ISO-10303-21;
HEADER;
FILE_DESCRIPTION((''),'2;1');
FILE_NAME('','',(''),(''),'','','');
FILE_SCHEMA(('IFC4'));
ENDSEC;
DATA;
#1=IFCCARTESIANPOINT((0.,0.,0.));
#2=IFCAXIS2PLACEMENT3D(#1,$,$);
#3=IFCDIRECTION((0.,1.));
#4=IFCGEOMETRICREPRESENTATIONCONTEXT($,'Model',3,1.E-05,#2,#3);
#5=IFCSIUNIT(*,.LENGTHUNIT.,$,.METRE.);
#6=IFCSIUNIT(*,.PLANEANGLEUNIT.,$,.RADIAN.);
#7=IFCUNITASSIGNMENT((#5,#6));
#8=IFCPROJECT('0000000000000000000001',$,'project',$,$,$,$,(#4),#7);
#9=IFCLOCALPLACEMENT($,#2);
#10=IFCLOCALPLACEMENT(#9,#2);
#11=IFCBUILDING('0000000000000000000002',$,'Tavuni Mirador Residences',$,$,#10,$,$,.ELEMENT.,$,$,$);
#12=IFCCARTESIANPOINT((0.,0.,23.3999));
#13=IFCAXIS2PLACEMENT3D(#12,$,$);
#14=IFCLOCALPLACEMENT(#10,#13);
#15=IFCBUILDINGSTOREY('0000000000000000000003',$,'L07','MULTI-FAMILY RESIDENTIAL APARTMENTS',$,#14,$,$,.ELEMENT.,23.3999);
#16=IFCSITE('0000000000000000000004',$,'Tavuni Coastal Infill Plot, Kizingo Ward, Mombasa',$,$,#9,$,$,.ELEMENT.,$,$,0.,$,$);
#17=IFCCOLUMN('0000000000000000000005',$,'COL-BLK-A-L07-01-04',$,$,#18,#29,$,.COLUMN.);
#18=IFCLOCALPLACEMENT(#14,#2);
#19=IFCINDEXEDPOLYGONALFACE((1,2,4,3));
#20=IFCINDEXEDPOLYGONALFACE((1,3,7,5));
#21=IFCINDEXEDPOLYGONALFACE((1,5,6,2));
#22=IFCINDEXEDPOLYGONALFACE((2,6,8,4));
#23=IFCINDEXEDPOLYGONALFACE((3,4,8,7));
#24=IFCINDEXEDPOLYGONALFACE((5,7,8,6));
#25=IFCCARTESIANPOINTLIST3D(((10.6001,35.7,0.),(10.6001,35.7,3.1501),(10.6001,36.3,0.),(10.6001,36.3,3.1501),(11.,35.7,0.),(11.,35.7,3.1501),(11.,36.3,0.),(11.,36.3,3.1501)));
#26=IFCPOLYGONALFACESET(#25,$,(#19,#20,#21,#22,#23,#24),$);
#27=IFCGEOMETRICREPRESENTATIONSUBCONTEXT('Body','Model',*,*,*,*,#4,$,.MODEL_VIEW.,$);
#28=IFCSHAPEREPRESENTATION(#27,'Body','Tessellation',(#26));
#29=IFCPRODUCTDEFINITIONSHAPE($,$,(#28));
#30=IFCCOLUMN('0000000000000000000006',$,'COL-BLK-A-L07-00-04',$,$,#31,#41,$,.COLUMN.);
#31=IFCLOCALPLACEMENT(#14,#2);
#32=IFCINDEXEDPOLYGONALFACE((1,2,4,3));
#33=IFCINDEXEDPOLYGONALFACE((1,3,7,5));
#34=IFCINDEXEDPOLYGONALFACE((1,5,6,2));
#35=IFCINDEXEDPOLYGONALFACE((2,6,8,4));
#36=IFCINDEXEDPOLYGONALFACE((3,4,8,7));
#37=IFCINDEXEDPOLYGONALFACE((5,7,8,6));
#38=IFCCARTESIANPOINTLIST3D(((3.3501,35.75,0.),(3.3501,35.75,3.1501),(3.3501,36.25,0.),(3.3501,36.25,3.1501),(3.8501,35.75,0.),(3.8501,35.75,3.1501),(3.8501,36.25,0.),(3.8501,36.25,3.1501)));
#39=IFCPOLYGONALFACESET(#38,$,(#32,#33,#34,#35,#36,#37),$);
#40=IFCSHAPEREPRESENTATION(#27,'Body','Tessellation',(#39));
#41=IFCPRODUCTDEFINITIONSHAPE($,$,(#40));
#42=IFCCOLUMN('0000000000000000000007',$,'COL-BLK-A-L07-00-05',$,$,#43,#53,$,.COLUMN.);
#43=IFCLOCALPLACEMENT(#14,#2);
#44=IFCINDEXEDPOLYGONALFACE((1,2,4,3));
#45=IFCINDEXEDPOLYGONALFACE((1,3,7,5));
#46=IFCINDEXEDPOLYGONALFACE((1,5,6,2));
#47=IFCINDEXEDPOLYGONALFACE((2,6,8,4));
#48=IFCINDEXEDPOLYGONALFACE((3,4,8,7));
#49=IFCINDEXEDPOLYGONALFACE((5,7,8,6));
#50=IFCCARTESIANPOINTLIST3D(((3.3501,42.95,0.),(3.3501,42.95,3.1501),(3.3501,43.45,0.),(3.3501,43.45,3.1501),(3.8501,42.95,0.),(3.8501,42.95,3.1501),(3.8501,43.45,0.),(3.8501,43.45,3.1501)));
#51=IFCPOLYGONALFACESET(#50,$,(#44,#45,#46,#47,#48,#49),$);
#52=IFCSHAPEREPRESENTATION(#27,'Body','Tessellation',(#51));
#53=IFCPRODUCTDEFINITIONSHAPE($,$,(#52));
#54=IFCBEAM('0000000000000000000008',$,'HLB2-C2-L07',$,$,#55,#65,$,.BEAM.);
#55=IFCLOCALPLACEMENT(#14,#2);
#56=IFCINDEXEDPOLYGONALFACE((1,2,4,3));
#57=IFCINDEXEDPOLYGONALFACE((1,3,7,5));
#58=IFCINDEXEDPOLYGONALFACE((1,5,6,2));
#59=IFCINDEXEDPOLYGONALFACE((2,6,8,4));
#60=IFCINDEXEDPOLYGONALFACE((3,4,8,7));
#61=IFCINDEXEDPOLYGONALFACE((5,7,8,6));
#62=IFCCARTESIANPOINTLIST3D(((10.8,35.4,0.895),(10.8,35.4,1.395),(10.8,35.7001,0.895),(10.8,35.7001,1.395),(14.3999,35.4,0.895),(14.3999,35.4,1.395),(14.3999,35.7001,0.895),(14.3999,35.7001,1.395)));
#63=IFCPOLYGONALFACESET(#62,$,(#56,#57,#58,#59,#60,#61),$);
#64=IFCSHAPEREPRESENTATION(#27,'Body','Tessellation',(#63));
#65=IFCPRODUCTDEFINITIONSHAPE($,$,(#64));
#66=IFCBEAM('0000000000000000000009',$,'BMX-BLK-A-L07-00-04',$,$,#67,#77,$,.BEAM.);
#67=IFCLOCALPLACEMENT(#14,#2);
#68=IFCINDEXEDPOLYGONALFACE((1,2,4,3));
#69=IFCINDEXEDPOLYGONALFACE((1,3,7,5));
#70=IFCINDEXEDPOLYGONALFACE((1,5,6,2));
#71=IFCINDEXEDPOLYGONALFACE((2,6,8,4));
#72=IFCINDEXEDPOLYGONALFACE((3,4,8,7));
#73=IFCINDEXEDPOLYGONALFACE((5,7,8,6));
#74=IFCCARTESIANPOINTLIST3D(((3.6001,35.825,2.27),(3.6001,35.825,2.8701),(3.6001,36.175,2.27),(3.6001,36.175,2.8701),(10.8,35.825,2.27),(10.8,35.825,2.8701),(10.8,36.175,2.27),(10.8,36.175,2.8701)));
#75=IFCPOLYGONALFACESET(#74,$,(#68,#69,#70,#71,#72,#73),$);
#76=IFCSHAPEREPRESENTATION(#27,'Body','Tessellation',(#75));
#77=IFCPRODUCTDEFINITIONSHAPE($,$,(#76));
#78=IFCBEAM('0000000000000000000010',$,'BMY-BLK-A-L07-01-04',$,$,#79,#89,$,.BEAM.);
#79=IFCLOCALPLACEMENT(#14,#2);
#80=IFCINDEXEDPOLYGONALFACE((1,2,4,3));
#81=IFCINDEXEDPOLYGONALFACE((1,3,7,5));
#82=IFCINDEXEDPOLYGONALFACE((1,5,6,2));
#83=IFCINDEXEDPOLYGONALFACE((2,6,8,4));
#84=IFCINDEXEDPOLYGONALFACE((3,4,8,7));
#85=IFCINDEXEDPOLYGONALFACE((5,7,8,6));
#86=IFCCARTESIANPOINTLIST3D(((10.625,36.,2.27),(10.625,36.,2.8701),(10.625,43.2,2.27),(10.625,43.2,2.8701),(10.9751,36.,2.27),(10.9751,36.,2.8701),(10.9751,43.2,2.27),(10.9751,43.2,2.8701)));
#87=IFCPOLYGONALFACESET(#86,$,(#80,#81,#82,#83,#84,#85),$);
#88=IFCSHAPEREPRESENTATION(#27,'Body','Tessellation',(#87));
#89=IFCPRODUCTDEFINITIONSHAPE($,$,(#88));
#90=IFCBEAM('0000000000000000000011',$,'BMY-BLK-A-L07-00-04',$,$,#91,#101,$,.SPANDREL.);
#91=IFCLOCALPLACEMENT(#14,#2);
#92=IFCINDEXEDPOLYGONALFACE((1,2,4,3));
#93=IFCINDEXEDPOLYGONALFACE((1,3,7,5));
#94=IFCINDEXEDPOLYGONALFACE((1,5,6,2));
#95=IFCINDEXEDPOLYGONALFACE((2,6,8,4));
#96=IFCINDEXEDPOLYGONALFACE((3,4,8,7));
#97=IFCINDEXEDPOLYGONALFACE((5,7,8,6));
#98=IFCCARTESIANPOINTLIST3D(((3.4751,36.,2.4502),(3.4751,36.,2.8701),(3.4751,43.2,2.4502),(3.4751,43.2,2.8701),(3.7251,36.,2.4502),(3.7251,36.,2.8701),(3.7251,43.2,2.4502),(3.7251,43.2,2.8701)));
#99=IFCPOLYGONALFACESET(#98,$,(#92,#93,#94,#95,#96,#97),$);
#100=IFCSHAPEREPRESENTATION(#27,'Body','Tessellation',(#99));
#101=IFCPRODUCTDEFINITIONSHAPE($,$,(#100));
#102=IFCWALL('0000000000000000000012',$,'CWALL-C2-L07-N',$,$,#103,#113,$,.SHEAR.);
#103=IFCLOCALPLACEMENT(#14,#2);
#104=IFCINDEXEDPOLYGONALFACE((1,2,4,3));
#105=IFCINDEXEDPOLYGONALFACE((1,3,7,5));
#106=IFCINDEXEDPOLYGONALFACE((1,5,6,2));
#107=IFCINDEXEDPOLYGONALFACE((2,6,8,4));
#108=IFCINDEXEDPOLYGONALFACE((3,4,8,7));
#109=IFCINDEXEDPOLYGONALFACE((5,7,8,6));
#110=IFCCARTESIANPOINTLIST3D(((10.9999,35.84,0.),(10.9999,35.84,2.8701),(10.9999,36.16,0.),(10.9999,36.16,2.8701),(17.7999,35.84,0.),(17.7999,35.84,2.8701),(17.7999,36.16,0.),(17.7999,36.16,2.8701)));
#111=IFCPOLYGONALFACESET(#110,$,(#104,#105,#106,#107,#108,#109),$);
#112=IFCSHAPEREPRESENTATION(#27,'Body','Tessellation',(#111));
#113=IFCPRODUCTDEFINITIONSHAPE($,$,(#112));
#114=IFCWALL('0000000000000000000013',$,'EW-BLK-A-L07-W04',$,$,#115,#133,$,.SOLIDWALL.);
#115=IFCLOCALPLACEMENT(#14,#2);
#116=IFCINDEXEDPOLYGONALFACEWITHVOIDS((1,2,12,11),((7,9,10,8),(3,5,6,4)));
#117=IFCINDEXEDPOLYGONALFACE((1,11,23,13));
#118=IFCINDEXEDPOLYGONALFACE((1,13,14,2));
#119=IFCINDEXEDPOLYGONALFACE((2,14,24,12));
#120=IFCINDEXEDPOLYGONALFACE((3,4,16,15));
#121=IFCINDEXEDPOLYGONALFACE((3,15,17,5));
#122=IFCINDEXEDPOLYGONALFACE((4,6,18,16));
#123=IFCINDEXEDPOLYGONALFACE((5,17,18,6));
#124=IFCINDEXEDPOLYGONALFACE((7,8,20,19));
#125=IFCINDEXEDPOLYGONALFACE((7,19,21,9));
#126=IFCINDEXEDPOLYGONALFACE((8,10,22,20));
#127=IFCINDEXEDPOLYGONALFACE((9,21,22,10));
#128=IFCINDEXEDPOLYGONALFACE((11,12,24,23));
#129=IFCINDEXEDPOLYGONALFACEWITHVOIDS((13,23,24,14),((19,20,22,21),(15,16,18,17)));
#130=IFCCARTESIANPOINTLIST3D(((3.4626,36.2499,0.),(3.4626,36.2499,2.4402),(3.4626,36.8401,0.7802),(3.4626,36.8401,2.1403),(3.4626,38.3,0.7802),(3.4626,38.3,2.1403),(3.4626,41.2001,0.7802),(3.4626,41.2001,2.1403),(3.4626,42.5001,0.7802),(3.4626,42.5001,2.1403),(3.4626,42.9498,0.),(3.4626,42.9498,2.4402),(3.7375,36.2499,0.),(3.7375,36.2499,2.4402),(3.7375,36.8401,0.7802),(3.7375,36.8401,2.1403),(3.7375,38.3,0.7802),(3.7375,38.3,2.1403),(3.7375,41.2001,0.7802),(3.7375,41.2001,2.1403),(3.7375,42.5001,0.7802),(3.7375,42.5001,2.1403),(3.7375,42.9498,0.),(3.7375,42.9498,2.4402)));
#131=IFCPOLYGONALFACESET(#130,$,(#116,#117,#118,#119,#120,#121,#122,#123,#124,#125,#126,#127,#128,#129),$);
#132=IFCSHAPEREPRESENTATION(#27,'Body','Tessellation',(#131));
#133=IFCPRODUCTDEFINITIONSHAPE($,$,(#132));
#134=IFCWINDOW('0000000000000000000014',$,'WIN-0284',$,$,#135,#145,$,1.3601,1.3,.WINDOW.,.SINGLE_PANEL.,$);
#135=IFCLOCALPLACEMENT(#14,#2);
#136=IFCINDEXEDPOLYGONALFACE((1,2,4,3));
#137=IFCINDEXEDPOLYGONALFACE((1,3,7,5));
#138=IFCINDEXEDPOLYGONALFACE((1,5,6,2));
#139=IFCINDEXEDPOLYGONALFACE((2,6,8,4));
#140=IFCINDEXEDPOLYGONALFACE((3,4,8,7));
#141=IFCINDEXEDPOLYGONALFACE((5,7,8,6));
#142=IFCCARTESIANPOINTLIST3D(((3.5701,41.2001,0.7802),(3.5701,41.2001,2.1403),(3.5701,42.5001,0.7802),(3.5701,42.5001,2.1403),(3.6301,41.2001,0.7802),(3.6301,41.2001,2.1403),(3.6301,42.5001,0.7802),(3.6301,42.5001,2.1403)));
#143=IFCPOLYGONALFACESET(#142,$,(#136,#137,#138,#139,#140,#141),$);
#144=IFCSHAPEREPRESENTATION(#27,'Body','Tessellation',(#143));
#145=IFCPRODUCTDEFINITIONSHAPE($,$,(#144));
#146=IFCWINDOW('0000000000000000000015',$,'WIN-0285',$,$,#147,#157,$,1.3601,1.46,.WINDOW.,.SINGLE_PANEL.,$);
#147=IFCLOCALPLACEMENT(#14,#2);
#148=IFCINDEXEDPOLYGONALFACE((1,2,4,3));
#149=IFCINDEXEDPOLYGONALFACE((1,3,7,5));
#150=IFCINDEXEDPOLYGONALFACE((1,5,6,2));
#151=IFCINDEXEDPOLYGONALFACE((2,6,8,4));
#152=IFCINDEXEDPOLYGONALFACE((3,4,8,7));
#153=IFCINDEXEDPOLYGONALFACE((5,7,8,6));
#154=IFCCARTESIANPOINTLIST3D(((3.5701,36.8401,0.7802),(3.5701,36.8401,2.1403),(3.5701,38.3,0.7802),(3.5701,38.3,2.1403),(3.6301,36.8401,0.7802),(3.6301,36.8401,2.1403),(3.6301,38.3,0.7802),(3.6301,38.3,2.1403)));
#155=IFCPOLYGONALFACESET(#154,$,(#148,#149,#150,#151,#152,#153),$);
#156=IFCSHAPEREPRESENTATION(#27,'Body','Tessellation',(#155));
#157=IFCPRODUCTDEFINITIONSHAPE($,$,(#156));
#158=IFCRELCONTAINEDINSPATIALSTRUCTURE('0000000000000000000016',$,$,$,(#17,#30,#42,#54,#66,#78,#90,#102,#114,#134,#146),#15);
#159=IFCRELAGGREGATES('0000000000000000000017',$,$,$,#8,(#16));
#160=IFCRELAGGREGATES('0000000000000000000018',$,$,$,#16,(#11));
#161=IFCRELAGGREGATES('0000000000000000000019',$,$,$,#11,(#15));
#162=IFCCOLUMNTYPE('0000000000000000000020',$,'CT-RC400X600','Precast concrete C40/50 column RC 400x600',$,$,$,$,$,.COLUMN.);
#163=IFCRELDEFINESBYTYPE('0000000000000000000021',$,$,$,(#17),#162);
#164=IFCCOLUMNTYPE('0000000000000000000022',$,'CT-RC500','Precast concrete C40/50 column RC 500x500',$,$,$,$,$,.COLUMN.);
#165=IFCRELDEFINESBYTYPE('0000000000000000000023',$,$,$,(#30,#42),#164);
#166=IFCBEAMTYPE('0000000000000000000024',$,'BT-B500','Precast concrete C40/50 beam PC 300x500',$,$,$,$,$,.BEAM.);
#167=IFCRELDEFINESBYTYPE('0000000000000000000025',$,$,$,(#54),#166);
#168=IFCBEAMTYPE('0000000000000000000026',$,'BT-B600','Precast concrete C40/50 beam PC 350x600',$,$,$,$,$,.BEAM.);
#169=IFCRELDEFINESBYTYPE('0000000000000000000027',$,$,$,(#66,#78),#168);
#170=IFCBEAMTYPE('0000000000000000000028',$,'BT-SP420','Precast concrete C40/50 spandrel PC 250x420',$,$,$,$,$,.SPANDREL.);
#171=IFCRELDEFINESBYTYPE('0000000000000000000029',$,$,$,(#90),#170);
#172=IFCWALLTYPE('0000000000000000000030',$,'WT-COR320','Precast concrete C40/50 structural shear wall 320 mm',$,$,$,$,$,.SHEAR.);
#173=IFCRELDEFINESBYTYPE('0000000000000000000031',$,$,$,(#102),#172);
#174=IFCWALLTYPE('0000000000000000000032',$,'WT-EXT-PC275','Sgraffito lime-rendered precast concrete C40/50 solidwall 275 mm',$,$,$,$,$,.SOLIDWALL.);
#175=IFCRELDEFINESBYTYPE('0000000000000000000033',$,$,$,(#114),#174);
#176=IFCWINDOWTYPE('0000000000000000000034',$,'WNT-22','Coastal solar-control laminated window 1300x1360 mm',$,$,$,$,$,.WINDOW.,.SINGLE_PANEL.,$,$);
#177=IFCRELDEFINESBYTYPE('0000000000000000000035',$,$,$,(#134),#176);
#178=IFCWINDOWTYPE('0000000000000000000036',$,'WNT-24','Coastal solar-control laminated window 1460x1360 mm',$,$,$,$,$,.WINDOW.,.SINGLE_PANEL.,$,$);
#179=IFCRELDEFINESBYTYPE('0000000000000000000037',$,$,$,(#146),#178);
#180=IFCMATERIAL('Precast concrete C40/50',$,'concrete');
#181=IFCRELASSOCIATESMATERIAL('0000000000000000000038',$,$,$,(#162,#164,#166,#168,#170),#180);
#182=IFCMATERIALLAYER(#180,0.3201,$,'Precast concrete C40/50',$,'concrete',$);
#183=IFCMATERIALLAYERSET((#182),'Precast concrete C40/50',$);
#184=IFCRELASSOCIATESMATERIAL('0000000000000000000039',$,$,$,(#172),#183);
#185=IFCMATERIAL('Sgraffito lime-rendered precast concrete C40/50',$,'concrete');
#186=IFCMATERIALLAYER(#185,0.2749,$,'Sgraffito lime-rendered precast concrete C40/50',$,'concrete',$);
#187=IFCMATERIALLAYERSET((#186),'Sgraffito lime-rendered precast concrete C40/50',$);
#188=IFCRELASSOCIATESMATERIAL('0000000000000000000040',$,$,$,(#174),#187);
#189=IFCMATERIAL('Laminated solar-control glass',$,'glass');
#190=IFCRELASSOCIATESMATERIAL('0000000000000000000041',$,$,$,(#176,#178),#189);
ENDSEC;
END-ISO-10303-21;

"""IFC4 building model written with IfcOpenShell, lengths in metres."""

from ifc_helpers import new_model, si_unit, direction, frame, frame_2d, origin, origin_2d, place, context, subcontext, project, spatial, rectangle, extrude, material, layer, layer_set, material_profile, profile_set, type_object, element, fill, save


model = new_model("IFC4")

# Units and contexts
model_context = context("Model", 3, precision=1e-05, world=origin(), true_north=direction((0.0, 1.0)))
body_context = subcontext(model_context, "Body", "Model", "MODEL_VIEW")
ifc_project = project(units=[si_unit("LENGTHUNIT", "METRE"), si_unit("PLANEANGLEUNIT", "RADIAN")], contexts=[model_context])

# Site, building, storey
site_placement = place(None, origin())
site = spatial("IfcSite", under=ifc_project, at=site_placement, Name="Tavuni Coastal Infill Plot, Kizingo Ward, Mombasa", CompositionType="ELEMENT", RefElevation=0.0)
building_placement = place(site_placement, origin())
building = spatial("IfcBuilding", under=site, at=building_placement, Name="Tavuni Mirador Residences", CompositionType="ELEMENT")
storey_placement = place(building_placement, frame((0.0, 0.0, 23.3999)))
storey = spatial("IfcBuildingStorey", under=building, at=storey_placement, Name="L07", Description="MULTI-FAMILY RESIDENTIAL APARTMENTS", CompositionType="ELEMENT", Elevation=23.3999)

# Columns
ifc_material_1 = material(Name="Precast concrete C40/50", Category="concrete")
ifc_material_profile_1 = material_profile(ifc_material_1, rectangle(XDim=0.3999, YDim=0.6001, at=origin_2d()), Name="RC 400x600", Category="concrete")
ifc_profile_set_1 = profile_set([ifc_material_profile_1], Name="Precast concrete C40/50")
column_type_1 = type_object("IfcColumnType", Name="CT-RC400X600", Description="Precast concrete C40/50 column RC 400x600", PredefinedType="COLUMN", material=ifc_profile_set_1)
column_placement = place(storey_placement, frame((10.8, 36.0, 0.0), z_axis=(0.0, 0.0, 1.0), x_axis=(1.0, 0.0, 0.0)))
element("IfcColumn", 1, at=column_placement, inside=storey, type_object=column_type_1, Name="COL-BLK-A-L07-01-04", PredefinedType="COLUMN", context=body_context, shape_type="SweptSolid", body=[
    extrude(rectangle(XDim=0.3999, YDim=0.6001, at=origin_2d()), origin(), (0.0, 0.0, 1.0), 3.1501),
])
ifc_material_profile_2 = material_profile(ifc_material_1, rectangle(XDim=0.5, YDim=0.5, at=origin_2d()), Name="RC 500x500", Category="concrete")
ifc_profile_set_2 = profile_set([ifc_material_profile_2], Name="Precast concrete C40/50")
column_type_2 = type_object("IfcColumnType", Name="CT-RC500", Description="Precast concrete C40/50 column RC 500x500", PredefinedType="COLUMN", material=ifc_profile_set_2)
for number, where, z_axis, x_axis, name in (
    (2, (3.6001, 36.0, 0.0), (0.0, 0.0, 1.0), (1.0, 0.0, 0.0), "COL-BLK-A-L07-00-04"),
    (3, (3.6001, 43.2, 0.0), (0.0, 0.0, 1.0), (1.0, 0.0, 0.0), "COL-BLK-A-L07-00-05"),
):
    element("IfcColumn", number, at=place(storey_placement, frame(where, z_axis=z_axis, x_axis=x_axis)), inside=storey, type_object=column_type_2, Name=name, PredefinedType="COLUMN", context=body_context, shape_type="SweptSolid", body=[
        extrude(rectangle(XDim=0.5, YDim=0.5, at=origin_2d()), origin(), (0.0, 0.0, 1.0), 3.1501),
    ])

# Beams
ifc_material_profile_3 = material_profile(ifc_material_1, rectangle(XDim=0.3, YDim=0.5, at=origin_2d()), Name="PC 300x500", Category="concrete")
ifc_profile_set_3 = profile_set([ifc_material_profile_3], Name="Precast concrete C40/50")
beam_type_1 = type_object("IfcBeamType", Name="BT-B500", Description="Precast concrete C40/50 beam PC 300x500", PredefinedType="BEAM", material=ifc_profile_set_3)
beam_1_placement = place(storey_placement, frame((10.8, 35.55, 1.145), z_axis=(1.0, 0.0, 0.0), x_axis=(0.0, 1.0, 0.0)))
element("IfcBeam", 4, at=beam_1_placement, inside=storey, type_object=beam_type_1, Name="HLB2-C2-L07", PredefinedType="BEAM", context=body_context, shape_type="SweptSolid", body=[
    extrude(rectangle(XDim=0.3, YDim=0.5, at=origin_2d()), origin(), (0.0, 0.0, 1.0), 3.5999),
])
ifc_material_profile_4 = material_profile(ifc_material_1, rectangle(XDim=0.3501, YDim=0.6001, at=origin_2d()), Name="PC 350x600", Category="concrete")
ifc_profile_set_4 = profile_set([ifc_material_profile_4], Name="Precast concrete C40/50")
beam_type_2 = type_object("IfcBeamType", Name="BT-B600", Description="Precast concrete C40/50 beam PC 350x600", PredefinedType="BEAM", material=ifc_profile_set_4)
for number, where, z_axis, x_axis, name in (
    (5, (3.6001, 36.0, 2.5701), (1.0, 0.0, 0.0), (0.0, 1.0, 0.0), "BMX-BLK-A-L07-00-04"),
    (6, (10.8, 36.0, 2.5701), (0.0, 1.0, 0.0), (-1.0, 0.0, 0.0), "BMY-BLK-A-L07-01-04"),
):
    element("IfcBeam", number, at=place(storey_placement, frame(where, z_axis=z_axis, x_axis=x_axis)), inside=storey, type_object=beam_type_2, Name=name, PredefinedType="BEAM", context=body_context, shape_type="SweptSolid", body=[
        extrude(rectangle(XDim=0.3501, YDim=0.6001, at=origin_2d()), origin(), (0.0, 0.0, 1.0), 7.2),
    ])
ifc_material_profile_5 = material_profile(ifc_material_1, rectangle(XDim=0.25, YDim=0.4199, at=origin_2d()), Name="PC 250x420", Category="concrete")
ifc_profile_set_5 = profile_set([ifc_material_profile_5], Name="Precast concrete C40/50")
beam_type_3 = type_object("IfcBeamType", Name="BT-SP420", Description="Precast concrete C40/50 spandrel PC 250x420", PredefinedType="SPANDREL", material=ifc_profile_set_5)
beam_2_placement = place(storey_placement, frame((3.6001, 36.0, 2.6602), z_axis=(0.0, 1.0, 0.0), x_axis=(-1.0, 0.0, 0.0)))
element("IfcBeam", 7, at=beam_2_placement, inside=storey, type_object=beam_type_3, Name="BMY-BLK-A-L07-00-04", PredefinedType="SPANDREL", context=body_context, shape_type="SweptSolid", body=[
    extrude(rectangle(XDim=0.25, YDim=0.4199, at=origin_2d()), origin(), (0.0, 0.0, 1.0), 7.2),
])

# Wall
ifc_layer_1 = layer(ifc_material_1, 0.3201, Name="Precast concrete C40/50", Category="concrete")
ifc_layer_set_1 = layer_set([ifc_layer_1], Name="Precast concrete C40/50")
wall_type_1 = type_object("IfcWallType", Name="WT-COR320", Description="Precast concrete C40/50 structural shear wall 320 mm", PredefinedType="SHEAR", material=ifc_layer_set_1)
wall_1_placement = place(storey_placement, frame((11.0, 36.0, 0.0), z_axis=(0.0, 0.0, 1.0), x_axis=(1.0, 0.0, 0.0)))
element("IfcWall", 8, at=wall_1_placement, inside=storey, type_object=wall_type_1, Name="CWALL-C2-L07-N", PredefinedType="SHEAR", context=body_context, shape_type="SweptSolid", body=[
    extrude(rectangle(XDim=6.8, YDim=0.3201, at=frame_2d((3.3999, 0.0))), origin(), (0.0, 0.0, 1.0), 2.8701),
])

# Wall, openings, windows
ifc_material_2 = material(Name="Sgraffito lime-rendered precast concrete C40/50", Category="concrete")
ifc_layer_2 = layer(ifc_material_2, 0.2749, Name="Sgraffito lime-rendered precast concrete C40/50", Category="concrete")
ifc_layer_set_2 = layer_set([ifc_layer_2], Name="Sgraffito lime-rendered precast concrete C40/50")
wall_type_2 = type_object("IfcWallType", Name="WT-EXT-PC275", Description="Sgraffito lime-rendered precast concrete C40/50 solidwall 275 mm", PredefinedType="SOLIDWALL", material=ifc_layer_set_2)
wall_2_placement = place(storey_placement, frame((3.6001, 42.95, 0.0), z_axis=(0.0, 0.0, 1.0), x_axis=(0.0, -1.0, 0.0)))
wall_2 = element("IfcWall", 9, at=wall_2_placement, inside=storey, type_object=wall_type_2, Name="EW-BLK-A-L07-W04", PredefinedType="SOLIDWALL", context=body_context, shape_type="SweptSolid", body=[
    extrude(rectangle(XDim=6.7, YDim=0.2749, at=frame_2d((3.3501, 0.0))), origin(), (0.0, 0.0, 1.0), 2.4402),
])
opening_1_placement = place(wall_2_placement, frame((0.45, 0.0, 0.78)))
opening_1 = element("IfcOpeningElement", 10, at=opening_1_placement, cuts=wall_2, PredefinedType="OPENING", context=body_context, shape_type="SweptSolid", body=[
    extrude(rectangle(XDim=1.3, YDim=1.3601, at=frame_2d((0.6499, 0.6802))), frame((0.0, 0.1475, 0.0), z_axis=(0.0, -1.0, 0.0), x_axis=(1.0, 0.0, 0.0)), (0.0, 0.0, 1.0), 0.2949),
])
opening_2_placement = place(wall_2_placement, frame((4.6499, 0.0, 0.78)))
opening_2 = element("IfcOpeningElement", 11, at=opening_2_placement, cuts=wall_2, PredefinedType="OPENING", context=body_context, shape_type="SweptSolid", body=[
    extrude(rectangle(XDim=1.46, YDim=1.3601, at=frame_2d((0.73, 0.6802))), frame((0.0, 0.1475, 0.0), z_axis=(0.0, -1.0, 0.0), x_axis=(1.0, 0.0, 0.0)), (0.0, 0.0, 1.0), 0.2949),
])
ifc_material_3 = material(Name="Laminated solar-control glass", Category="glass")
window_type_1 = type_object("IfcWindowType", Name="WNT-22", Description="Coastal solar-control laminated window 1300x1360 mm", PartitioningType="SINGLE_PANEL", PredefinedType="WINDOW", material=ifc_material_3)
window_1_placement = place(opening_1_placement, origin())
window_1 = element("IfcWindow", 12, at=window_1_placement, inside=storey, type_object=window_type_1, Name="WIN-0284", OverallHeight=1.3601, OverallWidth=1.3, PartitioningType="SINGLE_PANEL", PredefinedType="WINDOW", context=body_context, shape_type="SweptSolid", body=[
    extrude(rectangle(XDim=1.3, YDim=1.3601, at=frame_2d((0.6499, 0.6802))), frame((0.0, 0.03, 0.0), z_axis=(0.0, -1.0, 0.0), x_axis=(1.0, 0.0, 0.0)), (0.0, 0.0, 1.0), 0.0601),
])
fill(opening_1, window_1)
window_type_2 = type_object("IfcWindowType", Name="WNT-24", Description="Coastal solar-control laminated window 1460x1360 mm", PartitioningType="SINGLE_PANEL", PredefinedType="WINDOW", material=ifc_material_3)
window_2_placement = place(opening_2_placement, origin())
window_2 = element("IfcWindow", 13, at=window_2_placement, inside=storey, type_object=window_type_2, Name="WIN-0285", OverallHeight=1.3601, OverallWidth=1.46, PartitioningType="SINGLE_PANEL", PredefinedType="WINDOW", context=body_context, shape_type="SweptSolid", body=[
    extrude(rectangle(XDim=1.46, YDim=1.3601, at=frame_2d((0.73, 0.6802))), frame((0.0, 0.03, 0.0), z_axis=(0.0, -1.0, 0.0), x_axis=(1.0, 0.0, 0.0)), (0.0, 0.0, 1.0), 0.0601),
])
fill(opening_2, window_2)

save(model, "model.ifc")
